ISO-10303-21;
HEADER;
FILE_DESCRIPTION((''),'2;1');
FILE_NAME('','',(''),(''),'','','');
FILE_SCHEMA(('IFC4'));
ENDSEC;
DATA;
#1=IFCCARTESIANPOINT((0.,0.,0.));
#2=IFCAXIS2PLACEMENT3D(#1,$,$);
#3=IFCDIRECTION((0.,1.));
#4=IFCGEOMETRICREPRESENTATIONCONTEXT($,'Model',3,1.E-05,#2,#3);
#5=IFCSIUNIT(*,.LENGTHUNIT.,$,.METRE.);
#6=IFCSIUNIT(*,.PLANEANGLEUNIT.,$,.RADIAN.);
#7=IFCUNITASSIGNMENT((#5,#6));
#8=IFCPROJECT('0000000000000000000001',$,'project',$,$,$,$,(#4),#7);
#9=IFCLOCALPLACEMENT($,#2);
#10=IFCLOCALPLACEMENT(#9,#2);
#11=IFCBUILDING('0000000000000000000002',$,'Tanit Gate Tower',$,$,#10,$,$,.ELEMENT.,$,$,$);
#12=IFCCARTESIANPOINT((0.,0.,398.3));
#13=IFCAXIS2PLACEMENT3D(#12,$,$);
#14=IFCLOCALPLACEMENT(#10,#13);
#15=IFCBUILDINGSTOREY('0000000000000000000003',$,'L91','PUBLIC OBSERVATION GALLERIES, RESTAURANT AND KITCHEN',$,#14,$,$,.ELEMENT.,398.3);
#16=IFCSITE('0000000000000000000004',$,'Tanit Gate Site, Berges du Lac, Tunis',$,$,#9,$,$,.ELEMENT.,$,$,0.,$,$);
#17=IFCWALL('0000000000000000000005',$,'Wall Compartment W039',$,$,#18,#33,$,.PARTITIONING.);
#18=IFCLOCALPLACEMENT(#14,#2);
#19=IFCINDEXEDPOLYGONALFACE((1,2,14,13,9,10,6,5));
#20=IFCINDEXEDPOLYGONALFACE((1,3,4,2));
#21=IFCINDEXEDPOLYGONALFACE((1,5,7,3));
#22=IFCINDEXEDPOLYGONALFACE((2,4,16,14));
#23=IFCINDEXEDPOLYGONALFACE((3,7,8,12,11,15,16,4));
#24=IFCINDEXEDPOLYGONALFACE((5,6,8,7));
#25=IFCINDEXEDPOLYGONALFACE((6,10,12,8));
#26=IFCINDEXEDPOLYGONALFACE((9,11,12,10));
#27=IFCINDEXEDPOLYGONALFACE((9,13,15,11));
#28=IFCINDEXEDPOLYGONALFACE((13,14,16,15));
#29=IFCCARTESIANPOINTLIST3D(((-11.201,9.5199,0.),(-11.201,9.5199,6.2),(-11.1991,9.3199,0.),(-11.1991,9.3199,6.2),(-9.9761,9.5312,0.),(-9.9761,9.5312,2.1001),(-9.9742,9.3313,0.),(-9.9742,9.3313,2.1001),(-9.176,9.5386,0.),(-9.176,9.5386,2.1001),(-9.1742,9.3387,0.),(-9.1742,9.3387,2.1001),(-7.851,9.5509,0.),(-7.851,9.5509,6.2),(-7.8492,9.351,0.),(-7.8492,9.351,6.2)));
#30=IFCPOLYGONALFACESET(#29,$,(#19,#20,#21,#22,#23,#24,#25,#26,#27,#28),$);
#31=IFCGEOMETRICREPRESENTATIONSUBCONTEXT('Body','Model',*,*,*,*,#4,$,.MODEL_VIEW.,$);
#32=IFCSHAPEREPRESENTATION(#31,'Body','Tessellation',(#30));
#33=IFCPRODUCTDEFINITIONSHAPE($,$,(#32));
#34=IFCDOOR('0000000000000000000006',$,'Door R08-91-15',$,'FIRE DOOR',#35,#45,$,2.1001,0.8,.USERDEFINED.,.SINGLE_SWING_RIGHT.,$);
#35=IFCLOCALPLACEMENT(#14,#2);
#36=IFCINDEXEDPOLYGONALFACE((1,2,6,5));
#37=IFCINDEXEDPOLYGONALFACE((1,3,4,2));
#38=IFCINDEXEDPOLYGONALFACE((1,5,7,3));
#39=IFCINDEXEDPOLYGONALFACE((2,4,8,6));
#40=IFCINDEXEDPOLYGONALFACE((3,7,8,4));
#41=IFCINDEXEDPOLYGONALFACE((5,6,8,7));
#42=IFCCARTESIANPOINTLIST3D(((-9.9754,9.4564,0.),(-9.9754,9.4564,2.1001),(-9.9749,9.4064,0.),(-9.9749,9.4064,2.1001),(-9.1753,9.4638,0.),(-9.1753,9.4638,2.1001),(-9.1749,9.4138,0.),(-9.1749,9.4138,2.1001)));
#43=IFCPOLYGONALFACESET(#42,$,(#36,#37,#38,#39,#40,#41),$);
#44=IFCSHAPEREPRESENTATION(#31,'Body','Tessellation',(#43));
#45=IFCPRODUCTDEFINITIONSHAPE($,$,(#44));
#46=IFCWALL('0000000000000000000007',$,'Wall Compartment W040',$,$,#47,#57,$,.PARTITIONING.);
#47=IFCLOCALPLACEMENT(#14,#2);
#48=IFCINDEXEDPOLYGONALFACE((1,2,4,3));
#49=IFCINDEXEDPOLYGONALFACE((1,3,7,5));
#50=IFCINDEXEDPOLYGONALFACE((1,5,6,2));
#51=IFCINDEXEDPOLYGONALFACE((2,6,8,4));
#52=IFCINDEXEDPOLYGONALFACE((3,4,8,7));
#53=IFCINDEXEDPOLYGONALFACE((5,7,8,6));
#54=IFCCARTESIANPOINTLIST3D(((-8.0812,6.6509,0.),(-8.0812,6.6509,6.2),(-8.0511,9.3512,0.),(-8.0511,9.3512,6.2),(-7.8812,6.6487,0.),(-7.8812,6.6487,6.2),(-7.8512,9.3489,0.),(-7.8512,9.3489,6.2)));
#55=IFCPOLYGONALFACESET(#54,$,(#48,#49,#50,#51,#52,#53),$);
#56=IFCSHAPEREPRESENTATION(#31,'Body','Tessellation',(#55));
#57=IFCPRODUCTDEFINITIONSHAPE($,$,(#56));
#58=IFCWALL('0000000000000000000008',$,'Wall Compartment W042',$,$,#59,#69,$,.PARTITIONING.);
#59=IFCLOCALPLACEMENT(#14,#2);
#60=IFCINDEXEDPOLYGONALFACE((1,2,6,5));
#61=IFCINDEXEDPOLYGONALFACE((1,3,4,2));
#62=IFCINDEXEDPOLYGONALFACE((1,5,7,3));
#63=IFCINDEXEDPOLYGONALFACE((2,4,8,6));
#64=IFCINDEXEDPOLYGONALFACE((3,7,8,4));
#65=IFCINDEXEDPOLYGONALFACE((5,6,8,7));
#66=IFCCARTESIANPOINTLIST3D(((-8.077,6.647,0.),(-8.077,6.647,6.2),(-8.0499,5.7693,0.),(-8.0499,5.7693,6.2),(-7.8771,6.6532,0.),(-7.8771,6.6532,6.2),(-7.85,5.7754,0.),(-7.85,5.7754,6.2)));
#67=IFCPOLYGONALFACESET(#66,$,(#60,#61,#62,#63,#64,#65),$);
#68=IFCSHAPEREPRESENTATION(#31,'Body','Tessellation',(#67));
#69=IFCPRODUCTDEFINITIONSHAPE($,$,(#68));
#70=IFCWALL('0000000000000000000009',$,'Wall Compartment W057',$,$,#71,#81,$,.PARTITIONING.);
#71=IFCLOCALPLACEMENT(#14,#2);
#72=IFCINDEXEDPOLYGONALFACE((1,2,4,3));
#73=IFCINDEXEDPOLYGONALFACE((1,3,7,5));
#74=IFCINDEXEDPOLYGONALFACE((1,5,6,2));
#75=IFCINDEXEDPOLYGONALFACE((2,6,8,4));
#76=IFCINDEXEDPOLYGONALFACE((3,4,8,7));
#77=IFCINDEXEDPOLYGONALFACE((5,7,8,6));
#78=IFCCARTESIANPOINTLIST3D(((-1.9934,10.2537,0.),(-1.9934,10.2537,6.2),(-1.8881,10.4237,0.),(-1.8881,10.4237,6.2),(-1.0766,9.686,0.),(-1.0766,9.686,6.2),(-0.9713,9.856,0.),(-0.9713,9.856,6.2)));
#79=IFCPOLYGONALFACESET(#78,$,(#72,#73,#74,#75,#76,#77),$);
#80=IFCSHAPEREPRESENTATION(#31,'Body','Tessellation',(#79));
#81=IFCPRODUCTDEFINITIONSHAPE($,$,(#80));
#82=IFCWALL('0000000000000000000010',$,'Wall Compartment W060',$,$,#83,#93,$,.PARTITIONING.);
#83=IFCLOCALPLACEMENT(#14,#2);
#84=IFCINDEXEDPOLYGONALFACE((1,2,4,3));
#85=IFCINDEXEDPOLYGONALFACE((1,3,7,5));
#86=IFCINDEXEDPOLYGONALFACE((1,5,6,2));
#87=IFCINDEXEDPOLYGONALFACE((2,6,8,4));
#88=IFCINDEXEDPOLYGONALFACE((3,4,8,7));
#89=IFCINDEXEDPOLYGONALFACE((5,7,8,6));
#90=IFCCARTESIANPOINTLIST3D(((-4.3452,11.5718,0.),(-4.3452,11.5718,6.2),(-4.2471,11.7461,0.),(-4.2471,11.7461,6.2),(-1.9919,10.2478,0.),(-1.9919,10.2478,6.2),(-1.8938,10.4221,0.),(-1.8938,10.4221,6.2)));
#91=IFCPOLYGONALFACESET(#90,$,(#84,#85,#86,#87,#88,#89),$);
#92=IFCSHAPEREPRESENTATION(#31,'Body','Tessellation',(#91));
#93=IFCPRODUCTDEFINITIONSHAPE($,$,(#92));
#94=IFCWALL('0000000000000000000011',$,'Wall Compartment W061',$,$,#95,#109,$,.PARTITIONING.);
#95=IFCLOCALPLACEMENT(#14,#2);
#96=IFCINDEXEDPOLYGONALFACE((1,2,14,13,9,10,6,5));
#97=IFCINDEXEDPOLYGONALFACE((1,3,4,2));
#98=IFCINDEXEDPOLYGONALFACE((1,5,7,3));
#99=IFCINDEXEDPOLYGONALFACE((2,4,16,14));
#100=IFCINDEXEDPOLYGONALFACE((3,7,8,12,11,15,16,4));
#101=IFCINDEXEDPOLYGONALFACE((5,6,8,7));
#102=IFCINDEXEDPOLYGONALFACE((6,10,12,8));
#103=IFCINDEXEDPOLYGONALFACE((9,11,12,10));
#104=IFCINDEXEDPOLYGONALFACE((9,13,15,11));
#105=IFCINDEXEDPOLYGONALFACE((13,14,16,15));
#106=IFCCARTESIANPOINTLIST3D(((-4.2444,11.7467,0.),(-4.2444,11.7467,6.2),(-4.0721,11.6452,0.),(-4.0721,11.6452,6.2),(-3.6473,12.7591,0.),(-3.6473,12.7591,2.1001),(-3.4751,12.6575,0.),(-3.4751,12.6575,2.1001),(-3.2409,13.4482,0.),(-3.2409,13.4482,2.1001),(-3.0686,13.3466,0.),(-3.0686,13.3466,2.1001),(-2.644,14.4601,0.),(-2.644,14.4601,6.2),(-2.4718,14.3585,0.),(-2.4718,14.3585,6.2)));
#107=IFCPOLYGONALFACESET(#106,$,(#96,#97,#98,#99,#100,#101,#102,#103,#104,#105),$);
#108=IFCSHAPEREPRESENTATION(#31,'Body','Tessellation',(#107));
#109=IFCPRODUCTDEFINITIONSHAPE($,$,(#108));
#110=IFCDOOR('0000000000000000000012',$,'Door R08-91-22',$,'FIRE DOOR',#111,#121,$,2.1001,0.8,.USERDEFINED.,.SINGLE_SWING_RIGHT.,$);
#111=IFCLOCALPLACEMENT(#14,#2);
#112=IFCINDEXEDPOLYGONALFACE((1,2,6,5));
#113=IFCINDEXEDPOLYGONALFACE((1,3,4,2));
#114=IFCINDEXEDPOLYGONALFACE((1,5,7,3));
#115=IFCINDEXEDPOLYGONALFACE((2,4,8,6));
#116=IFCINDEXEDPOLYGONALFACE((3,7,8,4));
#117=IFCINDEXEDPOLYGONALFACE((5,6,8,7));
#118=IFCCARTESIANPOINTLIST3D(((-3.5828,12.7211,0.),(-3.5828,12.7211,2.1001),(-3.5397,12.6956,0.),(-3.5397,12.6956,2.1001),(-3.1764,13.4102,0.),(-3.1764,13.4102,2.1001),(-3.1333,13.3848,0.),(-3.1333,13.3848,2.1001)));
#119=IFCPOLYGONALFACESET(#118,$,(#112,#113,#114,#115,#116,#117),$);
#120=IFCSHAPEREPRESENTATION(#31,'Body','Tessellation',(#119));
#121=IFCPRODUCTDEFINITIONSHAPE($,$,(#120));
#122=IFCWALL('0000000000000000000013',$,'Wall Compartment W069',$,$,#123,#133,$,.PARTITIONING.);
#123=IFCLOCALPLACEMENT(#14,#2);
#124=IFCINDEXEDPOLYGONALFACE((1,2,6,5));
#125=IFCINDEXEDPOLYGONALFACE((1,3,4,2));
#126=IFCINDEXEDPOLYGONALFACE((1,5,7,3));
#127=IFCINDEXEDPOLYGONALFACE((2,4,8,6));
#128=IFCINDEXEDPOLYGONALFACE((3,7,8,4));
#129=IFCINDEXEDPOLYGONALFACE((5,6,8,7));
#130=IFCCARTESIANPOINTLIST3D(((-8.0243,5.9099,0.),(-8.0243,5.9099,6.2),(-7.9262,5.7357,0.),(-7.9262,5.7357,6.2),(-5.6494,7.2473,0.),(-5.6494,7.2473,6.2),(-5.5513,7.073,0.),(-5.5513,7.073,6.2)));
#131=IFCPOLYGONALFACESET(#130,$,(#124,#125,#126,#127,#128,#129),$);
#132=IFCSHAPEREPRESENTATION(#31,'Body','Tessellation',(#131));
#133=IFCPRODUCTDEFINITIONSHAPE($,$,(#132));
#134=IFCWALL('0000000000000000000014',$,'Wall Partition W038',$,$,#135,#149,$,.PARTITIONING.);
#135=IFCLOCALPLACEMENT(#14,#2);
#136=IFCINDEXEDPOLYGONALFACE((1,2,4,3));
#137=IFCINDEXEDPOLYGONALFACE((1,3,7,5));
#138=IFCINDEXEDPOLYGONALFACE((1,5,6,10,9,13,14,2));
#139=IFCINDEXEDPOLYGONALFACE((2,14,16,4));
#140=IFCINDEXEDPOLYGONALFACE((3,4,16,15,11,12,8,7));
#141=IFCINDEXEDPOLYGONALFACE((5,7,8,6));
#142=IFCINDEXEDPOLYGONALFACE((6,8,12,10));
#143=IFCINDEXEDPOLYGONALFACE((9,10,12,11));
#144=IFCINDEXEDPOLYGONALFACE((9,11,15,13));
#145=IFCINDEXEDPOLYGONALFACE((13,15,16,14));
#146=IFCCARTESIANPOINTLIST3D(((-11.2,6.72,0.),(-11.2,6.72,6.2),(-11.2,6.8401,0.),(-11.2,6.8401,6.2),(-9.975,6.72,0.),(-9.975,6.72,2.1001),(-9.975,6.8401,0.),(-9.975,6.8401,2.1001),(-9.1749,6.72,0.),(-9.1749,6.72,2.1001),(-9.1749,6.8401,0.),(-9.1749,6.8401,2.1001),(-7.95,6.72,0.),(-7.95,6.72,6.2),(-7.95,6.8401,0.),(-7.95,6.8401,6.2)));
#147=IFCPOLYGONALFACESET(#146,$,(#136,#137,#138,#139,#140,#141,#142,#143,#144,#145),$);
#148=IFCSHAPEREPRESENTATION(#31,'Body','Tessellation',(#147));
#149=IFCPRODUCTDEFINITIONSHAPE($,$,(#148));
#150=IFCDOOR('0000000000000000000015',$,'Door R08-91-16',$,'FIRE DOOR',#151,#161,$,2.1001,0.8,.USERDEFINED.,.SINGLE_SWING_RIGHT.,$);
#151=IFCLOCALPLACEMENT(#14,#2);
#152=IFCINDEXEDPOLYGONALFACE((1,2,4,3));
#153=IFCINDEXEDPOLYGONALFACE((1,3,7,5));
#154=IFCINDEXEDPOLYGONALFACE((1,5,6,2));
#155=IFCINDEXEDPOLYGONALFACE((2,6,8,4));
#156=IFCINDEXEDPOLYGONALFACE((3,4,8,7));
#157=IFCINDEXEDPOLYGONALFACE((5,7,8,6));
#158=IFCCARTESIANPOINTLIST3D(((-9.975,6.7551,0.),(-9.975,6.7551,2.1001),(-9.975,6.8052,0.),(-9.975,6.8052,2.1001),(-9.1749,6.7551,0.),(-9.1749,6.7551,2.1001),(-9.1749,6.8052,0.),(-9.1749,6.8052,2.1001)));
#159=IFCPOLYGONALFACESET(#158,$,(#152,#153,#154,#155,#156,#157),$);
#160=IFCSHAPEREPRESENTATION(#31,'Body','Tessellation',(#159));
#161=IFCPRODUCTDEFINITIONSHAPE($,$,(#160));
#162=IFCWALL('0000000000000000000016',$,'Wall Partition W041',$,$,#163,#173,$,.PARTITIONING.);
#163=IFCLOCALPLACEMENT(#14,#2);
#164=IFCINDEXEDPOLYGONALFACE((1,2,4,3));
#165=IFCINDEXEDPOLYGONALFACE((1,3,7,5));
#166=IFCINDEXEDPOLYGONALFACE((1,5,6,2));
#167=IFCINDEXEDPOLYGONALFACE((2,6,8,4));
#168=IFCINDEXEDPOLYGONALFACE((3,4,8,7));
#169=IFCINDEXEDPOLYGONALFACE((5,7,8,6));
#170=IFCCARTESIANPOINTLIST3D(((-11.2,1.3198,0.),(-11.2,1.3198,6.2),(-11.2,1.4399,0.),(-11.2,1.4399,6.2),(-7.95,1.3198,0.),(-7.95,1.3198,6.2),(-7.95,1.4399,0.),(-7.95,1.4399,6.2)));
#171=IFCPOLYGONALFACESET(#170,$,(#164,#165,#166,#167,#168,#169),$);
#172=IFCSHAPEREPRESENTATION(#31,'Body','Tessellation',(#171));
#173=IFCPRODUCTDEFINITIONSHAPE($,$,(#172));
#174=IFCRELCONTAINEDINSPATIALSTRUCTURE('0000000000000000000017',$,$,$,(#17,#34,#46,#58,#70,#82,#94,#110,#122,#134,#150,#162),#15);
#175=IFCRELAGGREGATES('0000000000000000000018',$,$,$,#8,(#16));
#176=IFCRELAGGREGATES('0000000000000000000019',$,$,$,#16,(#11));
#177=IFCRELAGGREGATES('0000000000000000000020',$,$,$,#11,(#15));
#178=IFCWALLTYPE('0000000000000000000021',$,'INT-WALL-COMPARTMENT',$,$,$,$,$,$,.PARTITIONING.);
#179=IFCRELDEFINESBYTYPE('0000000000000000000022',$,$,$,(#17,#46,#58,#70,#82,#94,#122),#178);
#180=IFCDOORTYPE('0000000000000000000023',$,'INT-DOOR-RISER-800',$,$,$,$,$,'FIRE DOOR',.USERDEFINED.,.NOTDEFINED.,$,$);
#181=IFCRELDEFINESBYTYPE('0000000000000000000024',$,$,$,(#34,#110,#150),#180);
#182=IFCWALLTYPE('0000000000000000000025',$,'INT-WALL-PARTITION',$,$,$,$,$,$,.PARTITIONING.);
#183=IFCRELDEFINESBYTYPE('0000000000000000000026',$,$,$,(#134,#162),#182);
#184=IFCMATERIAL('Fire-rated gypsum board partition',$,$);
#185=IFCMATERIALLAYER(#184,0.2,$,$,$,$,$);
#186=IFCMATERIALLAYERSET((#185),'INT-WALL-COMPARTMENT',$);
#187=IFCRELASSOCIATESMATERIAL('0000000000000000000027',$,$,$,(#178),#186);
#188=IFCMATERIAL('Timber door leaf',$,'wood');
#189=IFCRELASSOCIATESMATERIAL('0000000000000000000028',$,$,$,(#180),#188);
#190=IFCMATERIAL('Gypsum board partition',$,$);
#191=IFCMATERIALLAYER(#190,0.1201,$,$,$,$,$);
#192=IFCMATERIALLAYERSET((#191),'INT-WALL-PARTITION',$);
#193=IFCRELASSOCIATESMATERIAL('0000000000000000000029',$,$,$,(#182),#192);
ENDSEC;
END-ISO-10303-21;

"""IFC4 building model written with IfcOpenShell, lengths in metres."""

from ifc_helpers import new_model, si_unit, direction, frame, frame_2d, origin, place, context, subcontext, project, spatial, rectangle, extrude, material, layer, layer_set, type_object, element, fill, save


model = new_model("IFC4")

# Units and contexts
model_context = context("Model", 3, precision=1e-05, world=origin(), true_north=direction((0.0, 1.0)))
body_context = subcontext(model_context, "Body", "Model", "MODEL_VIEW")
ifc_project = project(units=[si_unit("LENGTHUNIT", "METRE"), si_unit("PLANEANGLEUNIT", "RADIAN")], contexts=[model_context])

# Site, building, storey
site_placement = place(None, origin())
site = spatial("IfcSite", under=ifc_project, at=site_placement, Name="Tanit Gate Site, Berges du Lac, Tunis", CompositionType="ELEMENT", RefElevation=0.0)
building_placement = place(site_placement, origin())
building = spatial("IfcBuilding", under=site, at=building_placement, Name="Tanit Gate Tower", CompositionType="ELEMENT")
storey_placement = place(building_placement, frame((0.0, 0.0, 398.3)))
storey = spatial("IfcBuildingStorey", under=building, at=storey_placement, Name="L91", Description="PUBLIC OBSERVATION GALLERIES, RESTAURANT AND KITCHEN", CompositionType="ELEMENT", Elevation=398.3)

# Wall, opening, door
ifc_material_1 = material(Name="Fire-rated gypsum board partition")
ifc_layer_1 = layer(ifc_material_1, 0.2)
ifc_layer_set_1 = layer_set([ifc_layer_1], Name="INT-WALL-COMPARTMENT")
wall_type_1 = type_object("IfcWallType", Name="INT-WALL-COMPARTMENT", PredefinedType="PARTITIONING", material=ifc_layer_set_1)
wall_1_placement = place(storey_placement, frame((-7.8501, 9.4509, 0.0), z_axis=(0.0, 0.0, 1.0), x_axis=(-0.999957, -0.009255, 0.0)))
wall_1 = element("IfcWall", 1, at=wall_1_placement, inside=storey, type_object=wall_type_1, Name="Wall Compartment W039", PredefinedType="PARTITIONING", context=body_context, shape_type="SweptSolid", body=[
    extrude(rectangle(XDim=3.3501, YDim=0.2, at=frame_2d((1.675, 0.0))), origin(), (0.0, 0.0, 1.0), 6.2),
])
opening_1_placement = place(wall_1_placement, frame((1.3252, 0.0, 0.0)))
opening_1 = element("IfcOpeningElement", 2, at=opening_1_placement, cuts=wall_1, PredefinedType="OPENING", context=body_context, shape_type="SweptSolid", body=[
    extrude(rectangle(XDim=0.8, YDim=2.1001, at=frame_2d((0.3999, 1.05))), frame((0.0, 0.1099, 0.0), z_axis=(0.0, -1.0, 0.0), x_axis=(1.0, 0.0, 0.0)), (0.0, 0.0, 1.0), 0.22),
])
ifc_material_2 = material(Name="Timber door leaf", Category="wood")
door_type_1 = type_object("IfcDoorType", Name="INT-DOOR-RISER-800", ElementType="FIRE DOOR", OperationType="NOTDEFINED", PredefinedType="USERDEFINED", material=ifc_material_2)
door_1_placement = place(opening_1_placement, origin())
door_1 = element("IfcDoor", 3, at=door_1_placement, inside=storey, type_object=door_type_1, Name="Door R08-91-15", ObjectType="FIRE DOOR", OperationType="SINGLE_SWING_RIGHT", OverallHeight=2.1001, OverallWidth=0.8, PredefinedType="USERDEFINED", context=body_context, shape_type="SweptSolid", body=[
    extrude(rectangle(XDim=0.8, YDim=2.1001, at=frame_2d((0.3999, 1.05))), frame((0.0, 0.0249, 0.0), z_axis=(0.0, -1.0, 0.0), x_axis=(1.0, 0.0, 0.0)), (0.0, 0.0, 1.0), 0.05),
])
fill(opening_1, door_1)

# Walls
wall_2_placement = place(storey_placement, frame((-7.9812, 6.6499, 0.0), z_axis=(0.0, 0.0, 1.0), x_axis=(0.01112, 0.999938, 0.0)))
element("IfcWall", 4, at=wall_2_placement, inside=storey, type_object=wall_type_1, Name="Wall Compartment W040", PredefinedType="PARTITIONING", context=body_context, shape_type="SweptSolid", body=[
    extrude(rectangle(XDim=2.7004, YDim=0.2, at=frame_2d((1.3501, 0.0))), origin(), (0.0, 0.0, 1.0), 6.2),
])
wall_3_placement = place(storey_placement, frame((-7.95, 5.7725, 0.0), z_axis=(0.0, 0.0, 1.0), x_axis=(-0.030862, 0.999524, 0.0)))
element("IfcWall", 5, at=wall_3_placement, inside=storey, type_object=wall_type_1, Name="Wall Compartment W042", PredefinedType="PARTITIONING", context=body_context, shape_type="SweptSolid", body=[
    extrude(rectangle(XDim=0.8782, YDim=0.2, at=frame_2d((0.439, 0.0))), origin(), (0.0, 0.0, 1.0), 6.2),
])
wall_4_placement = place(storey_placement, frame((-1.9407, 10.3386, 0.0), z_axis=(0.0, 0.0, 1.0), x_axis=(0.850217, -0.526433, 0.0)))
element("IfcWall", 6, at=wall_4_placement, inside=storey, type_object=wall_type_1, Name="Wall Compartment W057", PredefinedType="PARTITIONING", context=body_context, shape_type="SweptSolid", body=[
    extrude(rectangle(XDim=1.0784, YDim=0.2, at=frame_2d((0.5391, 0.0))), origin(), (0.0, 0.0, 1.0), 6.2),
])
wall_5_placement = place(storey_placement, frame((-4.2961, 11.6589, 0.0), z_axis=(0.0, 0.0, 1.0), x_axis=(0.871534, -0.490334, 0.0)))
element("IfcWall", 7, at=wall_5_placement, inside=storey, type_object=wall_type_1, Name="Wall Compartment W060", PredefinedType="PARTITIONING", context=body_context, shape_type="SweptSolid", body=[
    extrude(rectangle(XDim=2.7002, YDim=0.2, at=frame_2d((1.3501, 0.0))), origin(), (0.0, 0.0, 1.0), 6.2),
])

# Wall, opening, door
wall_6_placement = place(storey_placement, frame((-2.5579, 14.4094, 0.0), z_axis=(0.0, 0.0, 1.0), x_axis=(-0.508019, -0.861346, 0.0)))
wall_6 = element("IfcWall", 8, at=wall_6_placement, inside=storey, type_object=wall_type_1, Name="Wall Compartment W061", PredefinedType="PARTITIONING", context=body_context, shape_type="SweptSolid", body=[
    extrude(rectangle(XDim=3.1501, YDim=0.2, at=frame_2d((1.5752, 0.0))), origin(), (0.0, 0.0, 1.0), 6.2),
])
opening_2_placement = place(wall_6_placement, frame((1.175, 0.0, 0.0)))
opening_2 = element("IfcOpeningElement", 9, at=opening_2_placement, cuts=wall_6, PredefinedType="OPENING", context=body_context, shape_type="SweptSolid", body=[
    extrude(rectangle(XDim=0.8, YDim=2.1001, at=frame_2d((0.3999, 1.05))), frame((0.0, 0.1099, 0.0), z_axis=(0.0, -1.0, 0.0), x_axis=(1.0, 0.0, 0.0)), (0.0, 0.0, 1.0), 0.22),
])
door_2_placement = place(opening_2_placement, origin())
door_2 = element("IfcDoor", 10, at=door_2_placement, inside=storey, type_object=door_type_1, Name="Door R08-91-22", ObjectType="FIRE DOOR", OperationType="SINGLE_SWING_RIGHT", OverallHeight=2.1001, OverallWidth=0.8, PredefinedType="USERDEFINED", context=body_context, shape_type="SweptSolid", body=[
    extrude(rectangle(XDim=0.8, YDim=2.1001, at=frame_2d((0.3999, 1.05))), frame((0.0, 0.0249, 0.0), z_axis=(0.0, -1.0, 0.0), x_axis=(1.0, 0.0, 0.0)), (0.0, 0.0, 1.0), 0.05),
])
fill(opening_2, door_2)

# Wall
wall_7_placement = place(storey_placement, frame((-5.6003, 7.1602, 0.0), z_axis=(0.0, 0.0, 1.0), x_axis=(-0.871346, -0.490669, 0.0)))
element("IfcWall", 11, at=wall_7_placement, inside=storey, type_object=wall_type_1, Name="Wall Compartment W069", PredefinedType="PARTITIONING", context=body_context, shape_type="SweptSolid", body=[
    extrude(rectangle(XDim=2.7256, YDim=0.2, at=frame_2d((1.3628, 0.0))), origin(), (0.0, 0.0, 1.0), 6.2),
])

# Wall, opening, door
ifc_material_3 = material(Name="Gypsum board partition")
ifc_layer_2 = layer(ifc_material_3, 0.1201)
ifc_layer_set_2 = layer_set([ifc_layer_2], Name="INT-WALL-PARTITION")
wall_type_2 = type_object("IfcWallType", Name="INT-WALL-PARTITION", PredefinedType="PARTITIONING", material=ifc_layer_set_2)
wall_8_placement = place(storey_placement, frame((-7.95, 6.78, 0.0), z_axis=(0.0, 0.0, 1.0), x_axis=(-1.0, 0.0, 0.0)))
wall_8 = element("IfcWall", 12, at=wall_8_placement, inside=storey, type_object=wall_type_2, Name="Wall Partition W038", PredefinedType="PARTITIONING", context=body_context, shape_type="SweptSolid", body=[
    extrude(rectangle(XDim=3.25, YDim=0.1201, at=frame_2d((1.625, 0.0))), origin(), (0.0, 0.0, 1.0), 6.2),
])
opening_3_placement = place(wall_8_placement, frame((1.2251, 0.0, 0.0)))
opening_3 = element("IfcOpeningElement", 13, at=opening_3_placement, cuts=wall_8, PredefinedType="OPENING", context=body_context, shape_type="SweptSolid", body=[
    extrude(rectangle(XDim=0.8, YDim=2.1001, at=frame_2d((0.3999, 1.05))), frame((0.0, 0.0701, 0.0), z_axis=(0.0, -1.0, 0.0), x_axis=(1.0, 0.0, 0.0)), (0.0, 0.0, 1.0), 0.1401),
])
door_3_placement = place(opening_3_placement, origin())
door_3 = element("IfcDoor", 14, at=door_3_placement, inside=storey, type_object=door_type_1, Name="Door R08-91-16", ObjectType="FIRE DOOR", OperationType="SINGLE_SWING_RIGHT", OverallHeight=2.1001, OverallWidth=0.8, PredefinedType="USERDEFINED", context=body_context, shape_type="SweptSolid", body=[
    extrude(rectangle(XDim=0.8, YDim=2.1001, at=frame_2d((0.3999, 1.05))), frame((0.0, 0.0249, 0.0), z_axis=(0.0, -1.0, 0.0), x_axis=(1.0, 0.0, 0.0)), (0.0, 0.0, 1.0), 0.05),
])
fill(opening_3, door_3)

# Wall
wall_9_placement = place(storey_placement, frame((-7.95, 1.3799, 0.0), z_axis=(0.0, 0.0, 1.0), x_axis=(-1.0, 0.0, 0.0)))
element("IfcWall", 15, at=wall_9_placement, inside=storey, type_object=wall_type_2, Name="Wall Partition W041", PredefinedType="PARTITIONING", context=body_context, shape_type="SweptSolid", body=[
    extrude(rectangle(XDim=3.25, YDim=0.1201, at=frame_2d((1.625, 0.0))), origin(), (0.0, 0.0, 1.0), 6.2),
])

save(model, "model.ifc")
